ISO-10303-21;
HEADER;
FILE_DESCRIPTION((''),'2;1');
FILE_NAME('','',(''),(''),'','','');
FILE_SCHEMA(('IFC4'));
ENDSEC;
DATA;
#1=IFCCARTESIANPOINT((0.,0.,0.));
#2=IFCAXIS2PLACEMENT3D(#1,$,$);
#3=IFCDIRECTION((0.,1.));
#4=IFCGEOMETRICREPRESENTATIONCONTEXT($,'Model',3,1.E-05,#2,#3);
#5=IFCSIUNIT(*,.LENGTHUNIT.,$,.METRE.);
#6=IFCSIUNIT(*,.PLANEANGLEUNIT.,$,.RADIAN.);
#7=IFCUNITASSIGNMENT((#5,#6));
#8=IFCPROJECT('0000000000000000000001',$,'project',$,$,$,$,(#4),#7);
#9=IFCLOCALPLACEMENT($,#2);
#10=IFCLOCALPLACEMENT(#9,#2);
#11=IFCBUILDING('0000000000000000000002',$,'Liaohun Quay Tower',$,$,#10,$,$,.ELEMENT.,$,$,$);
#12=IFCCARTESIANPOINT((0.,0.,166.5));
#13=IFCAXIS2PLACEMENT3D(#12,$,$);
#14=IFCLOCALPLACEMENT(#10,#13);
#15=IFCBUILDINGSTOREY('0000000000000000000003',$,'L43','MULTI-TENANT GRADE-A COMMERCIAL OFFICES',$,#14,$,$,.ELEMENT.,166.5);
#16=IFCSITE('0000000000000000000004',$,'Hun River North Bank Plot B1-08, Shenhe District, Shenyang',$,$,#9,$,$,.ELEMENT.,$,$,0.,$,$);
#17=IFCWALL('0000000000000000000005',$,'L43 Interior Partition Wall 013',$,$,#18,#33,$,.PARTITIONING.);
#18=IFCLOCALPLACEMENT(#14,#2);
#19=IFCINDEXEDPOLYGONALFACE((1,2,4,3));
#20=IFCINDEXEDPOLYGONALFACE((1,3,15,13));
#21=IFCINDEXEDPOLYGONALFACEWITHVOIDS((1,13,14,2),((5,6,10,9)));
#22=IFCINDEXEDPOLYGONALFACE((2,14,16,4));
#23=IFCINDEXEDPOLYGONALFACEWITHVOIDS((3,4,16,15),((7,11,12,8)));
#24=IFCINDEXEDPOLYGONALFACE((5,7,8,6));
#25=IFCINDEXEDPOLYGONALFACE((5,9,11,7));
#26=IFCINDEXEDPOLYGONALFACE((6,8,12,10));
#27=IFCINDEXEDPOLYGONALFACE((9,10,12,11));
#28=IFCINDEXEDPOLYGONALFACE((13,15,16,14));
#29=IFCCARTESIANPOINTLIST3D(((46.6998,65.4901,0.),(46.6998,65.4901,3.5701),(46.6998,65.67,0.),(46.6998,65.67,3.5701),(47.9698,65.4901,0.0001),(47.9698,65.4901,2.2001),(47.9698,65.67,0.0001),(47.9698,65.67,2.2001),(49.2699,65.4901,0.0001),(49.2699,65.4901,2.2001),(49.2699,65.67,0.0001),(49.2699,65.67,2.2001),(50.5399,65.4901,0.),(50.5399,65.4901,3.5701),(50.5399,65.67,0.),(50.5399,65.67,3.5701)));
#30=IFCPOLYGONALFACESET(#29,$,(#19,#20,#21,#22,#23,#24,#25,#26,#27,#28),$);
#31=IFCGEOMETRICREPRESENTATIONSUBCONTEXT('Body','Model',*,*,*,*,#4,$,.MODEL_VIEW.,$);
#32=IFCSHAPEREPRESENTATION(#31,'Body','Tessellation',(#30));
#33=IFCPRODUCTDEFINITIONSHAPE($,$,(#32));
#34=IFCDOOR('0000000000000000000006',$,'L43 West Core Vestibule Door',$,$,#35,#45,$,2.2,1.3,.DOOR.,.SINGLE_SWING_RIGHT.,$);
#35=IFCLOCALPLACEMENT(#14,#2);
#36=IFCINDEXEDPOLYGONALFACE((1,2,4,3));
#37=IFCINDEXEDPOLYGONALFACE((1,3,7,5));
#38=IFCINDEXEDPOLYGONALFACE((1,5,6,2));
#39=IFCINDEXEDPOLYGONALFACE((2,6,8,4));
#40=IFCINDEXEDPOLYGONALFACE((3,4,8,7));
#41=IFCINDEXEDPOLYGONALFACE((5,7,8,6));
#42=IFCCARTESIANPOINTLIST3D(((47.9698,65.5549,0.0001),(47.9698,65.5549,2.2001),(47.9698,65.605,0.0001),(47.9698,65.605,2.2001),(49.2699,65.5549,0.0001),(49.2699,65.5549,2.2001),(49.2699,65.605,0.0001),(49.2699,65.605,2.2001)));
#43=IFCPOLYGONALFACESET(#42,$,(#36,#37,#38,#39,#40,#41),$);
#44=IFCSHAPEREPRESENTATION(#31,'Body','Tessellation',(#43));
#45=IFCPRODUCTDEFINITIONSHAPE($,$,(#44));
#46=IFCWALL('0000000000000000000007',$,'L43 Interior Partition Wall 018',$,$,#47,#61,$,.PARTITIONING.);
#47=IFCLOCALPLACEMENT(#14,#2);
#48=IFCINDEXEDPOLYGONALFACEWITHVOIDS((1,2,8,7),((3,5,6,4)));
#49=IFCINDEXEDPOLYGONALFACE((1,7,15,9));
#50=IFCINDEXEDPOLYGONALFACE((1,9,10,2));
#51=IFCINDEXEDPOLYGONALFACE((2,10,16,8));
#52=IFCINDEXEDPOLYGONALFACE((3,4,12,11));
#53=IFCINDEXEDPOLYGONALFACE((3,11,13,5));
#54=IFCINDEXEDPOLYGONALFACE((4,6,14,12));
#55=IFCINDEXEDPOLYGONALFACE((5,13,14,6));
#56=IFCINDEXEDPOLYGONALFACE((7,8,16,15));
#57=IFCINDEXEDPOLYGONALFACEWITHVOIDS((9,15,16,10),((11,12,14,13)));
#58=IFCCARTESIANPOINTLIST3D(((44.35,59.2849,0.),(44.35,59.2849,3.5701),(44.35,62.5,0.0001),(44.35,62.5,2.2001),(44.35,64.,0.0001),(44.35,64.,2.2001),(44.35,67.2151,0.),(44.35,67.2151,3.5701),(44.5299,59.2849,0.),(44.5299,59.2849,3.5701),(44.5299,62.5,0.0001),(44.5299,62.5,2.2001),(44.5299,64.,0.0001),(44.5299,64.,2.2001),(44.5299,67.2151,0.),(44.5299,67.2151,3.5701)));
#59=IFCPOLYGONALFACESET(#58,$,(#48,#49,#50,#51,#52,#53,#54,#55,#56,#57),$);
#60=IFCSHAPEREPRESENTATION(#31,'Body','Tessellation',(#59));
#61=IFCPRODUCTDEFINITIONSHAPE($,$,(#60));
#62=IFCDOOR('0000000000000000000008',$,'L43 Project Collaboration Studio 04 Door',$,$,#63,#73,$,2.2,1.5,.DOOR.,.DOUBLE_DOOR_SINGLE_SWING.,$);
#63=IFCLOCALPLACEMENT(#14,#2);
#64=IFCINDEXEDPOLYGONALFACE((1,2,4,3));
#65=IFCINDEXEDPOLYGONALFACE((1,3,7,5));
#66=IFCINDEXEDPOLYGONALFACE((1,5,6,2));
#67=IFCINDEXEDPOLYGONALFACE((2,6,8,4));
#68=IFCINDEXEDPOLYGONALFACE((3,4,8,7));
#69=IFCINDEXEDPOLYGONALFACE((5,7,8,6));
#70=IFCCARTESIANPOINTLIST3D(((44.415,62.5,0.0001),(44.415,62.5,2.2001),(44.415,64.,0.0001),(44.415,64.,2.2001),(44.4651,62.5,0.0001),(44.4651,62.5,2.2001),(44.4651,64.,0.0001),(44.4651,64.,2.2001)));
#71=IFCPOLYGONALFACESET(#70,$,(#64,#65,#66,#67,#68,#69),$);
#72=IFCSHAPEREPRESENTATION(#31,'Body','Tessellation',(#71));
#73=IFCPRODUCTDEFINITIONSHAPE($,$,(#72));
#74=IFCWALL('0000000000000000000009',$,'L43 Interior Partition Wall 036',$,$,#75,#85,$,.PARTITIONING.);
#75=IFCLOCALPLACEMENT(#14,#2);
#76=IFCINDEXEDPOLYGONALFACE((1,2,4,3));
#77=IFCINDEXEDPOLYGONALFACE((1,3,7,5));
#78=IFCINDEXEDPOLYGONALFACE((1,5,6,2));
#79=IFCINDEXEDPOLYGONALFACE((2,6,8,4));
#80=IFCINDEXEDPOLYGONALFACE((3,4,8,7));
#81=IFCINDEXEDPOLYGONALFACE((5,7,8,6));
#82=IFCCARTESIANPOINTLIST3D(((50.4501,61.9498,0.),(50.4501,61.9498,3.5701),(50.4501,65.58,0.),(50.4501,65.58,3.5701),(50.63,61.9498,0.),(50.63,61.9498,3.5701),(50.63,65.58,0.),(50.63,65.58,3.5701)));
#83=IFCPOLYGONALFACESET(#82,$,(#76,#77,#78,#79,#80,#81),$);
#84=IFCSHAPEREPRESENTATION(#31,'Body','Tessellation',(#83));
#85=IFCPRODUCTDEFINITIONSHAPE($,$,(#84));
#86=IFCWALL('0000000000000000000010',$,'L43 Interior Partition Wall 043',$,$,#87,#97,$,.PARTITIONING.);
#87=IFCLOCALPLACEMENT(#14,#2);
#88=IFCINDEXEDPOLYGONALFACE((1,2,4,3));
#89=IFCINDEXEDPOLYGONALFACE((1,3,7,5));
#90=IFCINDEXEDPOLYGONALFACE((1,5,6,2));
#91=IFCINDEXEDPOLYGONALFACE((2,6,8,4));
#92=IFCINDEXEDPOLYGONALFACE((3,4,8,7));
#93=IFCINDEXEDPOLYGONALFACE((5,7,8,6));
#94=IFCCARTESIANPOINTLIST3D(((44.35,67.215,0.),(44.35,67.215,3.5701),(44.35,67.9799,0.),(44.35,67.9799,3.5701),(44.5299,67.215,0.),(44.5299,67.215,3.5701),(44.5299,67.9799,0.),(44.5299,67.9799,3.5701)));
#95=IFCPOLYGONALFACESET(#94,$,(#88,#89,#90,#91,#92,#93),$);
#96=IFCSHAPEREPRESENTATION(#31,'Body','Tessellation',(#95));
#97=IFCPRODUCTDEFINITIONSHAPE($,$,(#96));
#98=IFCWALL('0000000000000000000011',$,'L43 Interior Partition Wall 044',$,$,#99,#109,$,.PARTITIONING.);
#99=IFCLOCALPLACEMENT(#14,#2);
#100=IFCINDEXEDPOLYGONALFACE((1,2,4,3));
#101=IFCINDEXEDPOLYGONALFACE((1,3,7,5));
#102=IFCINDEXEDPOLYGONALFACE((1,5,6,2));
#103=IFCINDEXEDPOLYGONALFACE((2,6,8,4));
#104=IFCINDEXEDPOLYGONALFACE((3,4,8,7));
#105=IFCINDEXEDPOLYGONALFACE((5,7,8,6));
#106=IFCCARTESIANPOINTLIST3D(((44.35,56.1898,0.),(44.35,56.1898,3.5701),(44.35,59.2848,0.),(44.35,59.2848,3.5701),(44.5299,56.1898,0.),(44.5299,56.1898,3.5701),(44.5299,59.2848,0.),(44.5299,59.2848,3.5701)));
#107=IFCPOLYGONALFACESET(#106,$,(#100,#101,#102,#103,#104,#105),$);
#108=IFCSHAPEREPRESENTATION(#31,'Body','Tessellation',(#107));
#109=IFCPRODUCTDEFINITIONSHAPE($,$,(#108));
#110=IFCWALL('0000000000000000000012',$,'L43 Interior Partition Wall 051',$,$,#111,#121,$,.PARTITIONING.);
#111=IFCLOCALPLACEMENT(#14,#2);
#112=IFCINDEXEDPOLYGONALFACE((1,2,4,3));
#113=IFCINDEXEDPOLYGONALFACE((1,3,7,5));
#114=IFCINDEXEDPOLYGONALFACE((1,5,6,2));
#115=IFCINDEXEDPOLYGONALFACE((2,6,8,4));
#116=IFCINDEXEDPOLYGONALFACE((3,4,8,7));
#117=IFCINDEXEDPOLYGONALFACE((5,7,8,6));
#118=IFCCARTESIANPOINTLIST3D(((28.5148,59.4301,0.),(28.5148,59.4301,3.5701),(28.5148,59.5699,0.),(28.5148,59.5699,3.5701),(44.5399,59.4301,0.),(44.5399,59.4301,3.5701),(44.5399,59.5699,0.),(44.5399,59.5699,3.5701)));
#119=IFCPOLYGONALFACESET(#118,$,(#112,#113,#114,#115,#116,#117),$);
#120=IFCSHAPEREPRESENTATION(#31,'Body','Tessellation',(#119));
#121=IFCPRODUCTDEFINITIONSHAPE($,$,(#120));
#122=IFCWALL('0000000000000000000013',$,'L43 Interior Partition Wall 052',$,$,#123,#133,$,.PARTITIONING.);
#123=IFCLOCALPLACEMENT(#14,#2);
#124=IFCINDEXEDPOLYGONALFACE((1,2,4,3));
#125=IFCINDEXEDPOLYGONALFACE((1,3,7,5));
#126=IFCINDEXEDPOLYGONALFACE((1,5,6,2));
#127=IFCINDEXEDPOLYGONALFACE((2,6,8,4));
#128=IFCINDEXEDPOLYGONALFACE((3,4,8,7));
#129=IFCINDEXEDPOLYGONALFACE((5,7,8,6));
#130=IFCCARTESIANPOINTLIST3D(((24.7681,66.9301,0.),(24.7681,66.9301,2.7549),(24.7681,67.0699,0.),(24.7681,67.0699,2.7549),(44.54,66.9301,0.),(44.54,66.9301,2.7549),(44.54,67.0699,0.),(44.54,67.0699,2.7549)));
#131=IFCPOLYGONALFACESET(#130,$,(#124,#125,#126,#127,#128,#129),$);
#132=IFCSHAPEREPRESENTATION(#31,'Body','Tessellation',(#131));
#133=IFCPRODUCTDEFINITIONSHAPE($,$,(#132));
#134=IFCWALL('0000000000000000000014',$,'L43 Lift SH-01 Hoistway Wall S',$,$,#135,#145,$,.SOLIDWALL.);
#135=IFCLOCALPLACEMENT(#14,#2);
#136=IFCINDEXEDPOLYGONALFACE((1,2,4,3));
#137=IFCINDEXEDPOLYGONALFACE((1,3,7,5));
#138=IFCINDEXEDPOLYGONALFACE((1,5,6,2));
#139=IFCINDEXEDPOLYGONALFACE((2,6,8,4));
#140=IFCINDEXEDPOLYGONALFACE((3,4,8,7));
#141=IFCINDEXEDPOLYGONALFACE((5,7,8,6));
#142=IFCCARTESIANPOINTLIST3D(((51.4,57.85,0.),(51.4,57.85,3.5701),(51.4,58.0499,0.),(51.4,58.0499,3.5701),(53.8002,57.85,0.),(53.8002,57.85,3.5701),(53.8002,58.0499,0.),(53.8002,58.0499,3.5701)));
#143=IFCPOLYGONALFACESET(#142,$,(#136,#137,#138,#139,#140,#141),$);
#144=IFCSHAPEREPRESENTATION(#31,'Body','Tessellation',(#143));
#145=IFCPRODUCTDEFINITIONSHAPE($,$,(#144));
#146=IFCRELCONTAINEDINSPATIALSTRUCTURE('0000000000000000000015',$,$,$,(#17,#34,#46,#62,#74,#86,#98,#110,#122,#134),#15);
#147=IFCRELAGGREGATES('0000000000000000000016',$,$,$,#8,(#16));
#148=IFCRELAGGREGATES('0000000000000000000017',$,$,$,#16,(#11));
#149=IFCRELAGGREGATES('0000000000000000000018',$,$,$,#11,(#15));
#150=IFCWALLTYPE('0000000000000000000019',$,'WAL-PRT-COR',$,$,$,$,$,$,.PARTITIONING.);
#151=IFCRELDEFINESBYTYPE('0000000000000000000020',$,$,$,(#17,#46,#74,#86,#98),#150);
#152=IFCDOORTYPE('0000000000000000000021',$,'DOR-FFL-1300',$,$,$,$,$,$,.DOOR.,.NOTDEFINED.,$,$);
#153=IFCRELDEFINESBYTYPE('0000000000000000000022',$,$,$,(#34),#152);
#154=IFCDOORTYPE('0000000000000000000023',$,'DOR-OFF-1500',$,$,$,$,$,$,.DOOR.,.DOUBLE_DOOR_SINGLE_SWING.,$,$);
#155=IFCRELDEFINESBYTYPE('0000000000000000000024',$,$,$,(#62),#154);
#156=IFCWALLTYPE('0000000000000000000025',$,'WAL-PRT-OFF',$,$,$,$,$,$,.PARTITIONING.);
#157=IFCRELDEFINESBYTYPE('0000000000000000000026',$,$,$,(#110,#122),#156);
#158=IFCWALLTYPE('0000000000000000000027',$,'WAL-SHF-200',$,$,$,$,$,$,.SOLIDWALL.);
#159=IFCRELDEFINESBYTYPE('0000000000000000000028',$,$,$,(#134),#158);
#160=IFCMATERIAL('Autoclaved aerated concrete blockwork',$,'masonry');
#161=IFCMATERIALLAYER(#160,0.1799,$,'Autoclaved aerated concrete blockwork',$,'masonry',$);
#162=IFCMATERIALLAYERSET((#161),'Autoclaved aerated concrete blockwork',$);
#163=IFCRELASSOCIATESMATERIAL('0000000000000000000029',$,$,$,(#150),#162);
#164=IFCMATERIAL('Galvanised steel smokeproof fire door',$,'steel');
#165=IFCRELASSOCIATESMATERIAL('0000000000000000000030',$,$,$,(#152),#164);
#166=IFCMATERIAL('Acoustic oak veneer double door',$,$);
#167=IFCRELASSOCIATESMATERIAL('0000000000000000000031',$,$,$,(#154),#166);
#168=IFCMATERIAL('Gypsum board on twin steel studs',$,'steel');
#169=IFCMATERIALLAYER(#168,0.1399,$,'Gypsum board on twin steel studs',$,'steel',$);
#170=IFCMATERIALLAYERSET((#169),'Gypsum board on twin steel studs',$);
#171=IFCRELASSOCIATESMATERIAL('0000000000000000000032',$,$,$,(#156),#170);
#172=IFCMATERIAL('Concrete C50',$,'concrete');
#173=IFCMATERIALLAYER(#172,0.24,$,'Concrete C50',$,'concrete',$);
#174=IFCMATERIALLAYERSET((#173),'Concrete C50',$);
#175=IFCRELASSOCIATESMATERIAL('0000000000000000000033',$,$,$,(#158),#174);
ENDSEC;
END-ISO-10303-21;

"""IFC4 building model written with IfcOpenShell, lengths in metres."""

from ifc_helpers import new_model, si_unit, direction, frame, frame_2d, origin, place, context, subcontext, project, spatial, rectangle, extrude, source, transform, mapped, material, layer, layer_set, type_object, element, fill, save


model = new_model("IFC4")

# Units and contexts
model_context = context("Model", 3, precision=1e-05, world=origin(), true_north=direction((0.0, 1.0)))
body_context = subcontext(model_context, "Body", "Model", "MODEL_VIEW")
ifc_project = project(units=[si_unit("LENGTHUNIT", "METRE"), si_unit("PLANEANGLEUNIT", "RADIAN")], contexts=[model_context])

# Site, building, storey
site_placement = place(None, origin())
site = spatial("IfcSite", under=ifc_project, at=site_placement, Name="Hun River North Bank Plot B1-08, Shenhe District, Shenyang", CompositionType="ELEMENT", RefElevation=0.0)
building_placement = place(site_placement, origin())
building = spatial("IfcBuilding", under=site, at=building_placement, Name="Liaohun Quay Tower", CompositionType="ELEMENT")
storey_placement = place(building_placement, frame((0.0, 0.0, 166.5)))
storey = spatial("IfcBuildingStorey", under=building, at=storey_placement, Name="L43", Description="MULTI-TENANT GRADE-A COMMERCIAL OFFICES", CompositionType="ELEMENT", Elevation=166.5)

# Walls, openings, doors
ifc_material_1 = material(Name="Autoclaved aerated concrete blockwork", Category="masonry")
ifc_layer_1 = layer(ifc_material_1, 0.1799, Name="Autoclaved aerated concrete blockwork", Category="masonry")
ifc_layer_set_1 = layer_set([ifc_layer_1], Name="Autoclaved aerated concrete blockwork")
wall_type_1 = type_object("IfcWallType", Name="WAL-PRT-COR", PredefinedType="PARTITIONING", material=ifc_layer_set_1)
wall_1_placement = place(storey_placement, frame((46.7, 65.5801, 0.0), z_axis=(0.0, 0.0, 1.0), x_axis=(1.0, 0.0, 0.0)))
wall_1 = element("IfcWall", 1, at=wall_1_placement, inside=storey, type_object=wall_type_1, Name="L43 Interior Partition Wall 013", PredefinedType="PARTITIONING", context=body_context, shape_type="SweptSolid", body=[
    extrude(rectangle(XDim=3.8401, YDim=0.1799, at=frame_2d((1.9199, 0.0))), origin(), (0.0, 0.0, 1.0), 3.5701),
])
shared_shape_1 = source(origin(), body_context, "Body", "SweptSolid", [
    extrude(rectangle(XDim=1.3, YDim=2.2, at=frame_2d((0.6499, 1.1001))), frame((0.0, 0.0999, 0.0), z_axis=(0.0, -1.0, 0.0), x_axis=(1.0, 0.0, 0.0)), (0.0, 0.0, 1.0), 0.2),
])
opening_1_placement = place(wall_1_placement, frame((1.27, 0.0, 0.0)))
opening_1 = element("IfcOpeningElement", 2, at=opening_1_placement, cuts=wall_1, PredefinedType="OPENING", context=body_context, shape_type="MappedRepresentation", body=[
    mapped(shared_shape_1, transform((0.0, 0.0, 0.0), x_axis=(1.0, 0.0, 0.0), y_axis=(0.0, 1.0, 0.0), z_axis=(0.0, 0.0, 1.0), scale=1.0)),
])
ifc_material_2 = material(Name="Galvanised steel smokeproof fire door", Category="steel")
door_type_1 = type_object("IfcDoorType", Name="DOR-FFL-1300", OperationType="NOTDEFINED", PredefinedType="DOOR", material=ifc_material_2)
shared_shape_2 = source(origin(), body_context, "Body", "SweptSolid", [
    extrude(rectangle(XDim=1.3, YDim=2.2, at=frame_2d((0.6499, 1.1001))), frame((0.0, 0.0249, 0.0), z_axis=(0.0, -1.0, 0.0), x_axis=(1.0, 0.0, 0.0)), (0.0, 0.0, 1.0), 0.05),
])
door_1_placement = place(opening_1_placement, origin())
door_1 = element("IfcDoor", 3, at=door_1_placement, inside=storey, type_object=door_type_1, Name="L43 West Core Vestibule Door", OperationType="SINGLE_SWING_RIGHT", OverallHeight=2.2, OverallWidth=1.3, PredefinedType="DOOR", context=body_context, shape_type="MappedRepresentation", body=[
    mapped(shared_shape_2, transform((0.0, 0.0, 0.0), x_axis=(1.0, 0.0, 0.0), y_axis=(0.0, 1.0, 0.0), z_axis=(0.0, 0.0, 1.0), scale=1.0)),
])
fill(opening_1, door_1)
wall_2_placement = place(storey_placement, frame((44.4399, 59.2849, 0.0), z_axis=(0.0, 0.0, 1.0), x_axis=(0.0, 1.0, 0.0)))
wall_2 = element("IfcWall", 4, at=wall_2_placement, inside=storey, type_object=wall_type_1, Name="L43 Interior Partition Wall 018", PredefinedType="PARTITIONING", context=body_context, shape_type="SweptSolid", body=[
    extrude(rectangle(XDim=7.9302, YDim=0.1799, at=frame_2d((3.9651, 0.0))), origin(), (0.0, 0.0, 1.0), 3.5701),
])
shared_shape_3 = source(origin(), body_context, "Body", "SweptSolid", [
    extrude(rectangle(XDim=1.5, YDim=2.2, at=frame_2d((0.75, 1.1001))), frame((0.0, 0.0999, 0.0), z_axis=(0.0, -1.0, 0.0), x_axis=(1.0, 0.0, 0.0)), (0.0, 0.0, 1.0), 0.2),
])
opening_2_placement = place(wall_2_placement, frame((3.2151, 0.0, 0.0)))
opening_2 = element("IfcOpeningElement", 5, at=opening_2_placement, cuts=wall_2, PredefinedType="OPENING", context=body_context, shape_type="MappedRepresentation", body=[
    mapped(shared_shape_3, transform((0.0, 0.0, 0.0), x_axis=(1.0, 0.0, 0.0), y_axis=(0.0, 1.0, 0.0), z_axis=(0.0, 0.0, 1.0), scale=1.0)),
])
ifc_material_3 = material(Name="Acoustic oak veneer double door")
door_type_2 = type_object("IfcDoorType", Name="DOR-OFF-1500", OperationType="DOUBLE_DOOR_SINGLE_SWING", PredefinedType="DOOR", material=ifc_material_3)
shared_shape_4 = source(origin(), body_context, "Body", "SweptSolid", [
    extrude(rectangle(XDim=1.5, YDim=2.2, at=frame_2d((0.75, 1.1001))), frame((0.0, 0.0249, 0.0), z_axis=(0.0, -1.0, 0.0), x_axis=(1.0, 0.0, 0.0)), (0.0, 0.0, 1.0), 0.05),
])
door_2_placement = place(opening_2_placement, origin())
door_2 = element("IfcDoor", 6, at=door_2_placement, inside=storey, type_object=door_type_2, Name="L43 Project Collaboration Studio 04 Door", OperationType="DOUBLE_DOOR_SINGLE_SWING", OverallHeight=2.2, OverallWidth=1.5, PredefinedType="DOOR", context=body_context, shape_type="MappedRepresentation", body=[
    mapped(shared_shape_4, transform((0.0, 0.0, 0.0), x_axis=(1.0, 0.0, 0.0), y_axis=(0.0, 1.0, 0.0), z_axis=(0.0, 0.0, 1.0), scale=1.0)),
])
fill(opening_2, door_2)

# Walls
wall_3_placement = place(storey_placement, frame((50.54, 61.95, 0.0), z_axis=(0.0, 0.0, 1.0), x_axis=(0.0, 1.0, 0.0)))
element("IfcWall", 7, at=wall_3_placement, inside=storey, type_object=wall_type_1, Name="L43 Interior Partition Wall 036", PredefinedType="PARTITIONING", context=body_context, shape_type="SweptSolid", body=[
    extrude(rectangle(XDim=3.6301, YDim=0.1799, at=frame_2d((1.8149, 0.0))), origin(), (0.0, 0.0, 1.0), 3.5701),
])
wall_4_placement = place(storey_placement, frame((44.4399, 67.2151, 0.0), z_axis=(0.0, 0.0, 1.0), x_axis=(0.0, 1.0, 0.0)))
element("IfcWall", 8, at=wall_4_placement, inside=storey, type_object=wall_type_1, Name="L43 Interior Partition Wall 043", PredefinedType="PARTITIONING", context=body_context, shape_type="SweptSolid", body=[
    extrude(rectangle(XDim=0.7649, YDim=0.1799, at=frame_2d((0.3823, 0.0))), origin(), (0.0, 0.0, 1.0), 3.5701),
])
wall_5_placement = place(storey_placement, frame((44.4399, 56.1899, 0.0), z_axis=(0.0, 0.0, 1.0), x_axis=(0.0, 1.0, 0.0)))
element("IfcWall", 9, at=wall_5_placement, inside=storey, type_object=wall_type_1, Name="L43 Interior Partition Wall 044", PredefinedType="PARTITIONING", context=body_context, shape_type="SweptSolid", body=[
    extrude(rectangle(XDim=3.095, YDim=0.1799, at=frame_2d((1.5474, 0.0))), origin(), (0.0, 0.0, 1.0), 3.5701),
])
ifc_material_4 = material(Name="Gypsum board on twin steel studs", Category="steel")
ifc_layer_2 = layer(ifc_material_4, 0.1399, Name="Gypsum board on twin steel studs", Category="steel")
ifc_layer_set_2 = layer_set([ifc_layer_2], Name="Gypsum board on twin steel studs")
wall_type_2 = type_object("IfcWallType", Name="WAL-PRT-OFF", PredefinedType="PARTITIONING", material=ifc_layer_set_2)
wall_6_placement = place(storey_placement, frame((44.54, 59.5, 0.0), z_axis=(0.0, 0.0, 1.0), x_axis=(-1.0, 0.0, 0.0)))
element("IfcWall", 10, at=wall_6_placement, inside=storey, type_object=wall_type_2, Name="L43 Interior Partition Wall 051", PredefinedType="PARTITIONING", context=body_context, shape_type="SweptSolid", body=[
    extrude(rectangle(XDim=16.0251, YDim=0.1399, at=frame_2d((8.0127, 0.0))), origin(), (0.0, 0.0, 1.0), 3.5701),
])
wall_7_placement = place(storey_placement, frame((44.54, 67.0, 0.0), z_axis=(0.0, 0.0, 1.0), x_axis=(-1.0, 0.0, 0.0)))
element("IfcWall", 11, at=wall_7_placement, inside=storey, type_object=wall_type_2, Name="L43 Interior Partition Wall 052", PredefinedType="PARTITIONING", context=body_context, shape_type="SweptSolid", body=[
    extrude(rectangle(XDim=19.772, YDim=0.1399, at=frame_2d((9.886, 0.0))), origin(), (0.0, 0.0, 1.0), 2.7549),
])
ifc_material_5 = material(Name="Concrete C50", Category="concrete")
ifc_layer_3 = layer(ifc_material_5, 0.24, Name="Concrete C50", Category="concrete")
ifc_layer_set_3 = layer_set([ifc_layer_3], Name="Concrete C50")
wall_type_3 = type_object("IfcWallType", Name="WAL-SHF-200", PredefinedType="SOLIDWALL", material=ifc_layer_set_3)
wall_8_placement = place(storey_placement, frame((51.3999, 57.95, 0.0), z_axis=(0.0, 0.0, 1.0), x_axis=(1.0, 0.0, 0.0)))
element("IfcWall", 12, at=wall_8_placement, inside=storey, type_object=wall_type_3, Name="L43 Lift SH-01 Hoistway Wall S", PredefinedType="SOLIDWALL", context=body_context, shape_type="SweptSolid", body=[
    extrude(rectangle(XDim=2.4001, YDim=0.2, at=frame_2d((1.2002, 0.0))), origin(), (0.0, 0.0, 1.0), 3.5701),
])

save(model, "model.ifc")
